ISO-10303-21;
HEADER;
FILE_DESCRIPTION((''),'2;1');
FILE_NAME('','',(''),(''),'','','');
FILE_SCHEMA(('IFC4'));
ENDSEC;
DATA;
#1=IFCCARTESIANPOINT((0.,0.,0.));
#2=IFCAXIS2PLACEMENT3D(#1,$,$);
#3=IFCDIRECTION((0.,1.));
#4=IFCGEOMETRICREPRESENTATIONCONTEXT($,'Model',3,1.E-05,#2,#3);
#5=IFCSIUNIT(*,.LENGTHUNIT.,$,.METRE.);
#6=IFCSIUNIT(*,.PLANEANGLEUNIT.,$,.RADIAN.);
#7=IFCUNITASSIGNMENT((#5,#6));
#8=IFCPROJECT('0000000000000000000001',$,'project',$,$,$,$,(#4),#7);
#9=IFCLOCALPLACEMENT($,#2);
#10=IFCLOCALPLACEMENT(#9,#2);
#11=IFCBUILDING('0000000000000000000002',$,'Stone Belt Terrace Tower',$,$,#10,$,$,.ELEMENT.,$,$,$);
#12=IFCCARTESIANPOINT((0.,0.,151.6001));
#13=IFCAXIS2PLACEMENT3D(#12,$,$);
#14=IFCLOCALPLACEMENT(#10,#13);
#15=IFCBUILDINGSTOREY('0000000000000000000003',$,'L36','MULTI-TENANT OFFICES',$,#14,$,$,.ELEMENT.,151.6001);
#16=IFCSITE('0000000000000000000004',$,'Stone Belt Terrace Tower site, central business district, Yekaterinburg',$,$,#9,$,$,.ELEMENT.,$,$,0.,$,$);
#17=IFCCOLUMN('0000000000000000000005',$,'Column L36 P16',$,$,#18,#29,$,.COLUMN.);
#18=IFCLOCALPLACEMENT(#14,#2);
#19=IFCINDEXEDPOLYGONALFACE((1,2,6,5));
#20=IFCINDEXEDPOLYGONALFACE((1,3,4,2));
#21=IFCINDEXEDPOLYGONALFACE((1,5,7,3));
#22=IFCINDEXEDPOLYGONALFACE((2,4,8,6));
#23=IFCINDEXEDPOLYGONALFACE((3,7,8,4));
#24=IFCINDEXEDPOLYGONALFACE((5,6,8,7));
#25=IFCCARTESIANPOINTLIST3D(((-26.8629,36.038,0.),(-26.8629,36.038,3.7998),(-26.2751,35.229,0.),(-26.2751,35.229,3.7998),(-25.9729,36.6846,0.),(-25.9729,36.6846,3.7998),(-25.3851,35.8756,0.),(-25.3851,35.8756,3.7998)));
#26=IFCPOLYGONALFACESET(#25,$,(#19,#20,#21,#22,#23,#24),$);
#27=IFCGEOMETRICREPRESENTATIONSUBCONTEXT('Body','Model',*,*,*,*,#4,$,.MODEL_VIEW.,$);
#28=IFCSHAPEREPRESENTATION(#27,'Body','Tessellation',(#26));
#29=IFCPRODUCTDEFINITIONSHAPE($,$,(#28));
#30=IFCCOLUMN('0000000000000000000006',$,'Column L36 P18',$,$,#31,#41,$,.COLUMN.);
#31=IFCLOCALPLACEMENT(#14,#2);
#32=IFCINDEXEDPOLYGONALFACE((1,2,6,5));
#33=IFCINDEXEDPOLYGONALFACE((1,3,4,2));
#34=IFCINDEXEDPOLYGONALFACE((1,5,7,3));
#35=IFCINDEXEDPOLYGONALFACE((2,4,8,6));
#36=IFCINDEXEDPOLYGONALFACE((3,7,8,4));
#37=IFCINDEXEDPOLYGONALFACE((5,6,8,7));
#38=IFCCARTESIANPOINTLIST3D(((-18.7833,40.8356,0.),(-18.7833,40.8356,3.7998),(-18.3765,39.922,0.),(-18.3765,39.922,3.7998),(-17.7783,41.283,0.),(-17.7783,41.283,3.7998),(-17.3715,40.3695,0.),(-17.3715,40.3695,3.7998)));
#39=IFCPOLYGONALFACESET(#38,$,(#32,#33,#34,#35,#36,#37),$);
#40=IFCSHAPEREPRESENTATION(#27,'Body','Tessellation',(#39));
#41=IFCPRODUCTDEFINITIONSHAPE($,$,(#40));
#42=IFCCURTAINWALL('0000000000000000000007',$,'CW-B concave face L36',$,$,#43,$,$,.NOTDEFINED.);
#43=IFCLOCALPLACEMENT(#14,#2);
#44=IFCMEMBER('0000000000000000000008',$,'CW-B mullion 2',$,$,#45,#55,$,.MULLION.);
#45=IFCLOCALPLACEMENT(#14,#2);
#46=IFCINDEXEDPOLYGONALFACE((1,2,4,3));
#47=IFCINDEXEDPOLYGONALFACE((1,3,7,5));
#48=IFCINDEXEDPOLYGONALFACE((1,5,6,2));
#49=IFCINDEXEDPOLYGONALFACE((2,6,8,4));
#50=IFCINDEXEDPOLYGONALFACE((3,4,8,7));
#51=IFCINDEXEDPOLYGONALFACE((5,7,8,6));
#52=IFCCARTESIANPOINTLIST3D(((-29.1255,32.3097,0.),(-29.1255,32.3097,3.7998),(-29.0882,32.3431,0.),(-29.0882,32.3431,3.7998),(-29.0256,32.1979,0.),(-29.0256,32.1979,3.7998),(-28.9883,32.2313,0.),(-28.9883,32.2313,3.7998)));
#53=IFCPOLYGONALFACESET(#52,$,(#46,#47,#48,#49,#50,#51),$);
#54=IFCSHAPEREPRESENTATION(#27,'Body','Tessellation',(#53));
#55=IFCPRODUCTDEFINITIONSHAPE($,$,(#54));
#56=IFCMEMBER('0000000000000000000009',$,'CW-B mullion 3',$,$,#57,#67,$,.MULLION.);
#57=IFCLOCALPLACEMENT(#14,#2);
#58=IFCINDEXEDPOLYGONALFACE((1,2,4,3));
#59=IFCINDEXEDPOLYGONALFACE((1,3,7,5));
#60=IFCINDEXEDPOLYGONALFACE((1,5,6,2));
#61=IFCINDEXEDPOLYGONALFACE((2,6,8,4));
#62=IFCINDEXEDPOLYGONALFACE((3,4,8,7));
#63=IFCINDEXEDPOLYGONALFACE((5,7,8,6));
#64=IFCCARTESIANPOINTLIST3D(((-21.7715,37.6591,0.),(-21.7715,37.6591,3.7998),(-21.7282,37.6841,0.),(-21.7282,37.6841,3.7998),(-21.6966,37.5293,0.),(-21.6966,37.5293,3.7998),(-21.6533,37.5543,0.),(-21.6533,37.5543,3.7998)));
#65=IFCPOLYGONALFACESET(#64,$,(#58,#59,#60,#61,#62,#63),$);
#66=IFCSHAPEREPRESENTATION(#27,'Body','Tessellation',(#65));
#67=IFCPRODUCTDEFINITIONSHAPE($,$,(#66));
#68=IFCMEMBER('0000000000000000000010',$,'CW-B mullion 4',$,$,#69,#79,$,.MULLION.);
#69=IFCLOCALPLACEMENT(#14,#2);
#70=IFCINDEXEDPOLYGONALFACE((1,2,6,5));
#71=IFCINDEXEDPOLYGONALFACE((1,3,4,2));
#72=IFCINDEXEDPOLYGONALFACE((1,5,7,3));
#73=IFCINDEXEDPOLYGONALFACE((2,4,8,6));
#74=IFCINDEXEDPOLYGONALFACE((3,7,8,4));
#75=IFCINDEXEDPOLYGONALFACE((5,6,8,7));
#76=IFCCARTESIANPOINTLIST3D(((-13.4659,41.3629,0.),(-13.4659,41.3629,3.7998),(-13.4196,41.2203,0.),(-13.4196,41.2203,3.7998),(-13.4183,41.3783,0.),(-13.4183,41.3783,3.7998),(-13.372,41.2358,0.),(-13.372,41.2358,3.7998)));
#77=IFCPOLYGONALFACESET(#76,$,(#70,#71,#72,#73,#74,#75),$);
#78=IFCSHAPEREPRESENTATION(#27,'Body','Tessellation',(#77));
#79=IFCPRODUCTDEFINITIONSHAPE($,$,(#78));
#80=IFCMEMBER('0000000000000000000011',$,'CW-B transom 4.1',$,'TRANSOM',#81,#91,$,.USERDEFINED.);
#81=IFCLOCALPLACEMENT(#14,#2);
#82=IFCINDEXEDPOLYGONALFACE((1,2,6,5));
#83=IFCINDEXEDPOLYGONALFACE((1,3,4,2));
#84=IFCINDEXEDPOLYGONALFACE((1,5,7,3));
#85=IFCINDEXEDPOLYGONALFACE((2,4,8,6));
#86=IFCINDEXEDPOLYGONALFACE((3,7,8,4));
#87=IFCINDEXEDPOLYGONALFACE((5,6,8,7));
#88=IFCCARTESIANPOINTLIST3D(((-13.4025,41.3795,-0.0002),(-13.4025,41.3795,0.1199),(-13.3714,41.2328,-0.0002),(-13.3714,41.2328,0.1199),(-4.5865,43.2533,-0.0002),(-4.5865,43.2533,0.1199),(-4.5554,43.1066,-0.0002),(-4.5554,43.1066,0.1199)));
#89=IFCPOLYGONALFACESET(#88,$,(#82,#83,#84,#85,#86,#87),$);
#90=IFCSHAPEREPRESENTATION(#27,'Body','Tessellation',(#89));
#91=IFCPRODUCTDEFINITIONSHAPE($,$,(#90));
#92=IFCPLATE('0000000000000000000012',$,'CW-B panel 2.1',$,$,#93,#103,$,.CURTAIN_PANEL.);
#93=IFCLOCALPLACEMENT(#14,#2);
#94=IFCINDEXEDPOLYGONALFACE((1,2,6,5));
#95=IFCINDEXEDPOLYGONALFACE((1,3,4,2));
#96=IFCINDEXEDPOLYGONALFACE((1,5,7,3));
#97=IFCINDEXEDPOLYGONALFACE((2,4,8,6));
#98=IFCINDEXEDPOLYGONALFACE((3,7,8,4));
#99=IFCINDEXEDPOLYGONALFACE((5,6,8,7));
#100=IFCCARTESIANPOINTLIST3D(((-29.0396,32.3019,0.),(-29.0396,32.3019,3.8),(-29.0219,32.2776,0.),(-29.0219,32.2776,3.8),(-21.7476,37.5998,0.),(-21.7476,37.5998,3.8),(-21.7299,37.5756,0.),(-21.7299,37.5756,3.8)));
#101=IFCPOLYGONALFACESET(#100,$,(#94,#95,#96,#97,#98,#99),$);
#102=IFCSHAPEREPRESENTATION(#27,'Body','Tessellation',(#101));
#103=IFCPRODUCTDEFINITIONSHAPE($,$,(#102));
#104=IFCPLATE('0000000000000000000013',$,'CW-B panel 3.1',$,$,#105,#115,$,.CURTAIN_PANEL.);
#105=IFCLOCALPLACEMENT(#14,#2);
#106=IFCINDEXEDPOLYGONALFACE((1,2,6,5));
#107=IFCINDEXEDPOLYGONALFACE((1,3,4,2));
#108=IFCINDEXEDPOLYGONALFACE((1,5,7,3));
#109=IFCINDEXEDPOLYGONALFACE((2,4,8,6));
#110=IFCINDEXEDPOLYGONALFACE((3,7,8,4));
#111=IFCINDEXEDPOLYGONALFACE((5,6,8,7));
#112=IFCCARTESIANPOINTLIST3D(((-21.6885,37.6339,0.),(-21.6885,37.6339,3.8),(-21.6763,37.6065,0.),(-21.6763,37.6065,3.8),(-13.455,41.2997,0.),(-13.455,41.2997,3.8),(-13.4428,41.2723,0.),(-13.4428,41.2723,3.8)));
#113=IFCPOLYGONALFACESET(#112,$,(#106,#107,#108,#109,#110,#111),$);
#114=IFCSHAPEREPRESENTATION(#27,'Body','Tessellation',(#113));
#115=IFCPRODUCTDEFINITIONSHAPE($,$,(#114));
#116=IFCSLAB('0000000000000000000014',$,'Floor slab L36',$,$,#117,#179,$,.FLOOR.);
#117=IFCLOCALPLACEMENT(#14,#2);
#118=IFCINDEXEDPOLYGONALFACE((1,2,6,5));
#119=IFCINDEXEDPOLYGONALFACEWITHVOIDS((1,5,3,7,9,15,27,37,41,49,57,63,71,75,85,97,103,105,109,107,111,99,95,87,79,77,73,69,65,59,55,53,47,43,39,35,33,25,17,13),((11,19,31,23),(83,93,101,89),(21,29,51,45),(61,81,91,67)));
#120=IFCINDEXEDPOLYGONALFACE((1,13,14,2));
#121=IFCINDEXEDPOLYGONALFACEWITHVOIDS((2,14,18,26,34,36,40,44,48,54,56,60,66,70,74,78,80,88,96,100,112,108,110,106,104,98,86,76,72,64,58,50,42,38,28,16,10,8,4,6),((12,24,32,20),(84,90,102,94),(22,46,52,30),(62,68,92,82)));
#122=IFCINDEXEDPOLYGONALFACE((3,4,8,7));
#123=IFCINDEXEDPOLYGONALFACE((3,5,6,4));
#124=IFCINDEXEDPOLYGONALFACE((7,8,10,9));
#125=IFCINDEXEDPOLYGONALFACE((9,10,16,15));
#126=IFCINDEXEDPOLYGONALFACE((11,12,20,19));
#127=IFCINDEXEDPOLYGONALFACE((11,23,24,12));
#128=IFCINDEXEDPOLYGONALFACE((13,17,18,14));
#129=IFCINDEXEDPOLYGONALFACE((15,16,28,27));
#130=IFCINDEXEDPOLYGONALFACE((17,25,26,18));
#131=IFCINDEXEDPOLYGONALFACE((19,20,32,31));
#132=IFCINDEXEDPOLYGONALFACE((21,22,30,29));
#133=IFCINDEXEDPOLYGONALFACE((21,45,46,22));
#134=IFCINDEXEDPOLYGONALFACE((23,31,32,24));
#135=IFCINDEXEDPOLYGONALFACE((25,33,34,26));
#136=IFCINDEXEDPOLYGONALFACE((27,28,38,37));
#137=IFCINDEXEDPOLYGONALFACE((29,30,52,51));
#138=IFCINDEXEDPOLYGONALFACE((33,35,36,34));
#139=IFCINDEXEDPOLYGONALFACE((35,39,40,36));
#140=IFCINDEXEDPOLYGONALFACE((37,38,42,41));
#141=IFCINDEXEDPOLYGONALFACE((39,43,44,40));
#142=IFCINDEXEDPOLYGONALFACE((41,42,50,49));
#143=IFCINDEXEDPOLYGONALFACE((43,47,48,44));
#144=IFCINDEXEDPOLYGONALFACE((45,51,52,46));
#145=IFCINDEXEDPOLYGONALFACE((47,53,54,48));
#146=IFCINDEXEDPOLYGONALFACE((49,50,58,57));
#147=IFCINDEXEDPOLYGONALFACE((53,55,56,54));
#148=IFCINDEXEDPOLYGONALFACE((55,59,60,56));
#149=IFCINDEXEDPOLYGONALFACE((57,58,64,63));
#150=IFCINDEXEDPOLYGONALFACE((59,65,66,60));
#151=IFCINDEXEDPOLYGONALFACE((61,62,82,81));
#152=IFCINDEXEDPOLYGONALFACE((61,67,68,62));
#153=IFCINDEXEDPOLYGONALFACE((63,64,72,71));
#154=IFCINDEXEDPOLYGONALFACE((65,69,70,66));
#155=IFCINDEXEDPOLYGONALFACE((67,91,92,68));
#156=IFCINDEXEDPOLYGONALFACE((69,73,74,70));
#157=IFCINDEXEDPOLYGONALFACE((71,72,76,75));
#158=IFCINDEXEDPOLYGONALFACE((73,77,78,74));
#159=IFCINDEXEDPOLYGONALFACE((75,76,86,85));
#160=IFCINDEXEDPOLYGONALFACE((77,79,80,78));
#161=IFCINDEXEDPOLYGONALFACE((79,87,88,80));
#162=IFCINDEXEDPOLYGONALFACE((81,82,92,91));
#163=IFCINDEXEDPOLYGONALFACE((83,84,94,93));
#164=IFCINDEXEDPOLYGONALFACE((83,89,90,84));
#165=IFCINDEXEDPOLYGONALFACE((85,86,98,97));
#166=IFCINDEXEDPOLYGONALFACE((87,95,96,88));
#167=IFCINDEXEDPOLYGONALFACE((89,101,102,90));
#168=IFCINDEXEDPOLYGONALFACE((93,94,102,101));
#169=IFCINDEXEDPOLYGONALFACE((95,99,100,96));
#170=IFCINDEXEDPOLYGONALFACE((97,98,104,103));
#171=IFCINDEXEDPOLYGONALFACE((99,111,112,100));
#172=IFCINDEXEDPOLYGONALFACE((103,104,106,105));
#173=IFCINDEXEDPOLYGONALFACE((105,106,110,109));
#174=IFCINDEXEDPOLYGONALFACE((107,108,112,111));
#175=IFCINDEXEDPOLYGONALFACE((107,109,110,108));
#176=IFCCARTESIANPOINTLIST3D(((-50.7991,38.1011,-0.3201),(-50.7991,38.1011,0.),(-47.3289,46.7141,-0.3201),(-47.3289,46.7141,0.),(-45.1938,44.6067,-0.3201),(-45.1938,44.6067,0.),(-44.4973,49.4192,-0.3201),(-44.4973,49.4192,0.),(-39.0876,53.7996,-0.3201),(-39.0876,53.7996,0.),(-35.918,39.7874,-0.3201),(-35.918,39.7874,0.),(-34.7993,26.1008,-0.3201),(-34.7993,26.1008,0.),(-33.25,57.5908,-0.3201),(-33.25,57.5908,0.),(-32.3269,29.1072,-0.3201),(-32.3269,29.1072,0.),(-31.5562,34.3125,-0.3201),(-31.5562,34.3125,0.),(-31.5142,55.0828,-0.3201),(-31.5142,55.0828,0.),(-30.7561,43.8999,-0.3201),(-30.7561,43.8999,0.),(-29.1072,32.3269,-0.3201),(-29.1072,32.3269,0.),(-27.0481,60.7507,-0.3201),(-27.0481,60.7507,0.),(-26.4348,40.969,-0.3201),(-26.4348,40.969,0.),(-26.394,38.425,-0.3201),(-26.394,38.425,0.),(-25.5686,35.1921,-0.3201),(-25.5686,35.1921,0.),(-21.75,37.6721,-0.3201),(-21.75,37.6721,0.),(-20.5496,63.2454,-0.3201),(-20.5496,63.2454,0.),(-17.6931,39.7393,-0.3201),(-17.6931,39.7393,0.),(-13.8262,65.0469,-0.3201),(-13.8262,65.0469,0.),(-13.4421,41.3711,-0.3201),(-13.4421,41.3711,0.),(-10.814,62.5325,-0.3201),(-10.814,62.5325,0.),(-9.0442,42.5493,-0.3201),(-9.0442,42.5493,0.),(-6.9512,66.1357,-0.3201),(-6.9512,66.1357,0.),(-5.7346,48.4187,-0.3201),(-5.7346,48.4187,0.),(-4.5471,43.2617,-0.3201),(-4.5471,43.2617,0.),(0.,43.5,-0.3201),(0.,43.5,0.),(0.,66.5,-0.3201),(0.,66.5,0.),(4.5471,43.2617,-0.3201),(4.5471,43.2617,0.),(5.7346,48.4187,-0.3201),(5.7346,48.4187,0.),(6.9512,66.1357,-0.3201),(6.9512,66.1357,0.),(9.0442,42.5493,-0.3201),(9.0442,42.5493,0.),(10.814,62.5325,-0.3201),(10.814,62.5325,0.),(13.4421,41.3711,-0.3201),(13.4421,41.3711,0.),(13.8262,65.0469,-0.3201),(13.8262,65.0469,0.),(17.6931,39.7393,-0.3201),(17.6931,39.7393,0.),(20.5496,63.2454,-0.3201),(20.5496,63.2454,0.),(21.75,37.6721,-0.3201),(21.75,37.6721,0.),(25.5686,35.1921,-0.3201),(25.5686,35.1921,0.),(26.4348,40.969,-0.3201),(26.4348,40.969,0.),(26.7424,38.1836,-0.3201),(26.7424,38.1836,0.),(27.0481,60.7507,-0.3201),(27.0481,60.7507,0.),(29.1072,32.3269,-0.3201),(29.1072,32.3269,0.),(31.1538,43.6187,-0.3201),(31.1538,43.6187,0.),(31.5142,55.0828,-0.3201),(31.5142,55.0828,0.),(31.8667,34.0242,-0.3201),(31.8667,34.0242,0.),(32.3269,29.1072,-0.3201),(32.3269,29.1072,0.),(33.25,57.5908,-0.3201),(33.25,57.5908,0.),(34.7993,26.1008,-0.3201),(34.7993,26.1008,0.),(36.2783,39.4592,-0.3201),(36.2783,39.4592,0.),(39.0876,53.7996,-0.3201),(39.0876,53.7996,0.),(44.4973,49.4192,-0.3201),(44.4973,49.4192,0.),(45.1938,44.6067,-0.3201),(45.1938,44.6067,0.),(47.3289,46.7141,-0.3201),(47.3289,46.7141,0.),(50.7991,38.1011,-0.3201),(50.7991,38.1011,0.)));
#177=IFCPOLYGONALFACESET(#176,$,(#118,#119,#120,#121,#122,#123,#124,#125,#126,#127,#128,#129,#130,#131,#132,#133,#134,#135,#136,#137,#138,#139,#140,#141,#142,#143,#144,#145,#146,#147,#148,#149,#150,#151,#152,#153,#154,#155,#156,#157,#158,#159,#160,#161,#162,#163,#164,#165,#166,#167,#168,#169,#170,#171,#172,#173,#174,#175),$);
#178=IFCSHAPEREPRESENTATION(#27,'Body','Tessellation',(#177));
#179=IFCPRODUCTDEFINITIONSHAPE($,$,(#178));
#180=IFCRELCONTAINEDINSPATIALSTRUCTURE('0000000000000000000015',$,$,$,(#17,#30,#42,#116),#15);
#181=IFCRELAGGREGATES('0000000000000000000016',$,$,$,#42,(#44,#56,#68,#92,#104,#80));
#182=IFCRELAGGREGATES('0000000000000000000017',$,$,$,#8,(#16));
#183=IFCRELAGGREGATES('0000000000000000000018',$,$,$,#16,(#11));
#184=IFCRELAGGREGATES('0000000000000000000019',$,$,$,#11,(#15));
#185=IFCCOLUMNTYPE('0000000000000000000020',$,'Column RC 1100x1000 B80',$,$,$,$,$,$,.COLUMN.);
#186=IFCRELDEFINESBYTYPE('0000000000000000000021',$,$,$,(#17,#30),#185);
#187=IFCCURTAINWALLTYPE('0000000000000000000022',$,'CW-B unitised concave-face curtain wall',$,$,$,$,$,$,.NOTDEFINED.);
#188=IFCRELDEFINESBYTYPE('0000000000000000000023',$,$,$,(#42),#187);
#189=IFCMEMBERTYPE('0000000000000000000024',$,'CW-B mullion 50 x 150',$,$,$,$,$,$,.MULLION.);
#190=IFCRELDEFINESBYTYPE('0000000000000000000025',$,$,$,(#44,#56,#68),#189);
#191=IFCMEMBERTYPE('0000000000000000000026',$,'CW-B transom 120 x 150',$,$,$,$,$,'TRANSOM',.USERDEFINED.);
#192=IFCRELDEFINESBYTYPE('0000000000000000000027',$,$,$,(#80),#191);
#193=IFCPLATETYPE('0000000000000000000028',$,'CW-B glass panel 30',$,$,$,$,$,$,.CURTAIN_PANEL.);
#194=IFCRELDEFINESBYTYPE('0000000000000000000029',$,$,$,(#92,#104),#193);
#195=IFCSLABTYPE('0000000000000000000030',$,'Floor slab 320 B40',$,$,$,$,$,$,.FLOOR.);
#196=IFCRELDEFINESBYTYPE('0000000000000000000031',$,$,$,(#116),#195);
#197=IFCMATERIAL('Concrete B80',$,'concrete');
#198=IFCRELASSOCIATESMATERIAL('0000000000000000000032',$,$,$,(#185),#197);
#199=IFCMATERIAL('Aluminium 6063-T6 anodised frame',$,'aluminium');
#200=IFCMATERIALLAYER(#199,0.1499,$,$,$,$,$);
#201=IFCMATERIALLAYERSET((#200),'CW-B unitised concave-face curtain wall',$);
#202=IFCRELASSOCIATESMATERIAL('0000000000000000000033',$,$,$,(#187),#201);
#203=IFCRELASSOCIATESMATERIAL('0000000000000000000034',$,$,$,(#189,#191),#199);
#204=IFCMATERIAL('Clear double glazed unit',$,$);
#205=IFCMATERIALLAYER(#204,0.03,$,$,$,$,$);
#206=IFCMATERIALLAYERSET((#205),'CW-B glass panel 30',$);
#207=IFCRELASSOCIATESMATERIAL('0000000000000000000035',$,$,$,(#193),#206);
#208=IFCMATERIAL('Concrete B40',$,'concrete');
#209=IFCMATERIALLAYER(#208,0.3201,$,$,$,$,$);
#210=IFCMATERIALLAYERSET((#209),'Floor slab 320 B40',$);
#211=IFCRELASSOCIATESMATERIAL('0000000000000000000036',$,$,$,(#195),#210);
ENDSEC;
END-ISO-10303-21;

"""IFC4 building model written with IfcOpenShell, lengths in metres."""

from ifc_helpers import new_model, si_unit, direction, frame, origin, origin_2d, place, context, subcontext, project, spatial, polyline, rectangle, outline, extrude, material, layer, layer_set, material_profile, profile_set, type_object, element, aggregate, save


model = new_model("IFC4")

# Units and contexts
model_context = context("Model", 3, precision=1e-05, world=origin(), true_north=direction((0.0, 1.0)))
body_context = subcontext(model_context, "Body", "Model", "MODEL_VIEW")
ifc_project = project(units=[si_unit("LENGTHUNIT", "METRE"), si_unit("PLANEANGLEUNIT", "RADIAN")], contexts=[model_context])

# Site, building, storey
site_placement = place(None, origin())
site = spatial("IfcSite", under=ifc_project, at=site_placement, Name="Stone Belt Terrace Tower site, central business district, Yekaterinburg", CompositionType="ELEMENT", RefElevation=0.0)
building_placement = place(site_placement, origin())
building = spatial("IfcBuilding", under=site, at=building_placement, Name="Stone Belt Terrace Tower", CompositionType="ELEMENT")
storey_placement = place(building_placement, frame((0.0, 0.0, 151.6001)))
storey = spatial("IfcBuildingStorey", under=building, at=storey_placement, Name="L36", Description="MULTI-TENANT OFFICES", CompositionType="ELEMENT", Elevation=151.6001)

# Columns
ifc_material_1 = material(Name="Concrete B80", Category="concrete")
ifc_material_profile_1 = material_profile(ifc_material_1, rectangle(XDim=1.1001, YDim=1.0, at=origin_2d()), Name="RC 1100x1000")
ifc_profile_set_1 = profile_set([ifc_material_profile_1], Name="Concrete B80")
column_type = type_object("IfcColumnType", Name="Column RC 1100x1000 B80", PredefinedType="COLUMN", material=ifc_profile_set_1)
for number, where, z_axis, x_axis, name in (
    (1, (-26.124, 35.9568, 0.0), (0.0, 0.0, 1.0), (0.809017, 0.587785, 0.0), "Column L36 P16"),
    (2, (-18.0774, 40.6025, 0.0), (0.0, 0.0, 1.0), (0.913545, 0.406737, 0.0), "Column L36 P18"),
):
    element("IfcColumn", number, at=place(storey_placement, frame(where, z_axis=z_axis, x_axis=x_axis)), inside=storey, type_object=column_type, Name=name, PredefinedType="COLUMN", context=body_context, shape_type="SweptSolid", body=[
        extrude(rectangle(XDim=1.1001, YDim=1.0, at=origin_2d()), origin(), (0.0, 0.0, 1.0), 3.7998),
    ])

# Curtain wall, members, plates
ifc_material_2 = material(Name="Aluminium 6063-T6 anodised frame", Category="aluminium")
ifc_layer_1 = layer(ifc_material_2, 0.1499)
ifc_layer_set_1 = layer_set([ifc_layer_1], Name="CW-B unitised concave-face curtain wall")
curtain_wall_type = type_object("IfcCurtainWallType", Name="CW-B unitised concave-face curtain wall", PredefinedType="NOTDEFINED", material=ifc_layer_set_1)
curtain_wall_placement = place(storey_placement, origin())
curtain_wall = element("IfcCurtainWall", 3, at=curtain_wall_placement, inside=storey, type_object=curtain_wall_type, Name="CW-B concave face L36", PredefinedType="NOTDEFINED")
ifc_material_profile_2 = material_profile(ifc_material_2, rectangle(XDim=0.1499, YDim=0.05, at=origin_2d()), Name="Aluminium 6063-T6 50x150")
ifc_profile_set_2 = profile_set([ifc_material_profile_2], Name="Aluminium 6063-T6 anodised frame")
member_type_1 = type_object("IfcMemberType", Name="CW-B mullion 50 x 150", PredefinedType="MULLION", material=ifc_profile_set_2)
member_1_placement = place(storey_placement, frame((-29.0569, 32.2705, 0.0), z_axis=(0.0, 0.0, 1.0), x_axis=(-0.666301, 0.745683, 0.0)))
member_1 = element("IfcMember", 4, at=member_1_placement, type_object=member_type_1, Name="CW-B mullion 2", PredefinedType="MULLION", context=body_context, shape_type="SweptSolid", body=[
    extrude(rectangle(XDim=0.1499, YDim=0.05, at=origin_2d()), origin(), (0.0, 0.0, 1.0), 3.7998),
])
member_2_placement = place(storey_placement, frame((-21.7124, 37.6067, 0.0), z_axis=(0.0, 0.0, 1.0), x_axis=(-0.5, 0.866025, 0.0)))
member_2 = element("IfcMember", 5, at=member_2_placement, type_object=member_type_1, Name="CW-B mullion 3", PredefinedType="MULLION", context=body_context, shape_type="SweptSolid", body=[
    extrude(rectangle(XDim=0.1499, YDim=0.05, at=origin_2d()), origin(), (0.0, 0.0, 1.0), 3.7998),
])
member_3_placement = place(storey_placement, frame((-13.4189, 41.2993, 0.0), z_axis=(0.0, 0.0, 1.0), x_axis=(-0.309017, 0.951057, 0.0)))
member_3 = element("IfcMember", 6, at=member_3_placement, type_object=member_type_1, Name="CW-B mullion 4", PredefinedType="MULLION", context=body_context, shape_type="SweptSolid", body=[
    extrude(rectangle(XDim=0.1499, YDim=0.05, at=origin_2d()), origin(), (0.0, 0.0, 1.0), 3.7998),
])
ifc_material_profile_3 = material_profile(ifc_material_2, rectangle(XDim=0.1499, YDim=0.1201, at=origin_2d()), Name="Aluminium 6063-T6 150x120")
ifc_profile_set_3 = profile_set([ifc_material_profile_3], Name="Aluminium 6063-T6 anodised frame")
member_type_2 = type_object("IfcMemberType", Name="CW-B transom 120 x 150", ElementType="TRANSOM", PredefinedType="USERDEFINED", material=ifc_profile_set_3)
member_4_placement = place(storey_placement, frame((-13.387, 41.3062, 0.0598), z_axis=(0.97815, 0.207901, 0.0), x_axis=(-0.207901, 0.97815, 0.0)))
member_4 = element("IfcMember", 7, at=member_4_placement, type_object=member_type_2, Name="CW-B transom 4.1", ObjectType="TRANSOM", PredefinedType="USERDEFINED", context=body_context, shape_type="SweptSolid", body=[
    extrude(rectangle(XDim=0.1499, YDim=0.1201, at=origin_2d()), origin(), (0.0, 0.0, 1.0), 9.0129),
])
ifc_material_3 = material(Name="Clear double glazed unit")
ifc_layer_2 = layer(ifc_material_3, 0.03)
ifc_layer_set_2 = layer_set([ifc_layer_2], Name="CW-B glass panel 30")
plate_type = type_object("IfcPlateType", Name="CW-B glass panel 30", PredefinedType="CURTAIN_PANEL", material=ifc_layer_set_2)
plate_1_placement = place(storey_placement, frame((-25.3848, 34.9387, 0.0), z_axis=(0.0, 0.0, 1.0), x_axis=(0.809017, 0.587785, 0.0)))
plate_1 = element("IfcPlate", 8, at=plate_1_placement, type_object=plate_type, Name="CW-B panel 2.1", PredefinedType="CURTAIN_PANEL", context=body_context, shape_type="SweptSolid", body=[
    extrude(rectangle(XDim=9.0134, YDim=0.03, at=origin_2d()), origin(), (0.0, 0.0, 1.0), 3.8),
])
plate_2_placement = place(storey_placement, frame((-17.5657, 39.4531, 0.0), z_axis=(0.0, 0.0, 1.0), x_axis=(0.913545, 0.406737, 0.0)))
plate_2 = element("IfcPlate", 9, at=plate_2_placement, type_object=plate_type, Name="CW-B panel 3.1", PredefinedType="CURTAIN_PANEL", context=body_context, shape_type="SweptSolid", body=[
    extrude(rectangle(XDim=9.0127, YDim=0.03, at=origin_2d()), origin(), (0.0, 0.0, 1.0), 3.8),
])
aggregate(curtain_wall, [member_1, member_2, member_3, plate_1, plate_2, member_4])

# Slab
ifc_material_4 = material(Name="Concrete B40", Category="concrete")
ifc_layer_3 = layer(ifc_material_4, 0.3201)
ifc_layer_set_3 = layer_set([ifc_layer_3], Name="Floor slab 320 B40")
slab_type = type_object("IfcSlabType", Name="Floor slab 320 B40", PredefinedType="FLOOR", material=ifc_layer_set_3)
slab_placement = place(storey_placement, frame((0.0, 0.0, -0.3201)))
element("IfcSlab", 10, at=slab_placement, inside=storey, type_object=slab_type, Name="Floor slab L36", PredefinedType="FLOOR", context=body_context, shape_type="SweptSolid", body=[
    extrude(outline(polyline([(-44.4973, 49.4192), (-39.0876, 53.7996), (-33.25, 57.5908), (-27.0481, 60.7507), (-20.5496, 63.2454), (-13.8262, 65.0469), (-6.9512, 66.1357), (0.0, 66.5), (6.9512, 66.1357), (13.8262, 65.0469), (20.5496, 63.2454), (27.0481, 60.7507), (33.25, 57.5908), (39.0876, 53.7996), (44.4973, 49.4192), (47.3289, 46.7141), (45.1938, 44.6067), (50.7991, 38.1011), (34.7993, 26.1008), (32.3269, 29.1072), (29.1072, 32.3269), (25.5686, 35.1921), (21.75, 37.6721), (17.6931, 39.7393), (13.4421, 41.3711), (9.0442, 42.5493), (4.5471, 43.2617), (0.0, 43.5), (-4.5471, 43.2617), (-9.0442, 42.5493), (-13.4421, 41.3711), (-17.6931, 39.7393), (-21.75, 37.6721), (-25.5686, 35.1921), (-29.1072, 32.3269), (-32.3269, 29.1072), (-34.7993, 26.1008), (-50.7991, 38.1011), (-45.1938, 44.6067), (-47.3289, 46.7141), (-44.4973, 49.4192)]), holes=[polyline([(-26.4348, 40.969), (-5.7346, 48.4187), (-10.814, 62.5325), (-31.5142, 55.0828), (-26.4348, 40.969)]), polyline([(10.814, 62.5325), (5.7346, 48.4187), (26.4348, 40.969), (31.5142, 55.0828), (10.814, 62.5325)]), polyline([(-35.918, 39.7874), (-31.5562, 34.3125), (-26.394, 38.425), (-30.7561, 43.8999), (-35.918, 39.7874)]), polyline([(36.2783, 39.4592), (31.1538, 43.6187), (26.7424, 38.1836), (31.8667, 34.0242), (36.2783, 39.4592)])]), origin(), (0.0, 0.0, 1.0), 0.3201),
])

save(model, "model.ifc")
